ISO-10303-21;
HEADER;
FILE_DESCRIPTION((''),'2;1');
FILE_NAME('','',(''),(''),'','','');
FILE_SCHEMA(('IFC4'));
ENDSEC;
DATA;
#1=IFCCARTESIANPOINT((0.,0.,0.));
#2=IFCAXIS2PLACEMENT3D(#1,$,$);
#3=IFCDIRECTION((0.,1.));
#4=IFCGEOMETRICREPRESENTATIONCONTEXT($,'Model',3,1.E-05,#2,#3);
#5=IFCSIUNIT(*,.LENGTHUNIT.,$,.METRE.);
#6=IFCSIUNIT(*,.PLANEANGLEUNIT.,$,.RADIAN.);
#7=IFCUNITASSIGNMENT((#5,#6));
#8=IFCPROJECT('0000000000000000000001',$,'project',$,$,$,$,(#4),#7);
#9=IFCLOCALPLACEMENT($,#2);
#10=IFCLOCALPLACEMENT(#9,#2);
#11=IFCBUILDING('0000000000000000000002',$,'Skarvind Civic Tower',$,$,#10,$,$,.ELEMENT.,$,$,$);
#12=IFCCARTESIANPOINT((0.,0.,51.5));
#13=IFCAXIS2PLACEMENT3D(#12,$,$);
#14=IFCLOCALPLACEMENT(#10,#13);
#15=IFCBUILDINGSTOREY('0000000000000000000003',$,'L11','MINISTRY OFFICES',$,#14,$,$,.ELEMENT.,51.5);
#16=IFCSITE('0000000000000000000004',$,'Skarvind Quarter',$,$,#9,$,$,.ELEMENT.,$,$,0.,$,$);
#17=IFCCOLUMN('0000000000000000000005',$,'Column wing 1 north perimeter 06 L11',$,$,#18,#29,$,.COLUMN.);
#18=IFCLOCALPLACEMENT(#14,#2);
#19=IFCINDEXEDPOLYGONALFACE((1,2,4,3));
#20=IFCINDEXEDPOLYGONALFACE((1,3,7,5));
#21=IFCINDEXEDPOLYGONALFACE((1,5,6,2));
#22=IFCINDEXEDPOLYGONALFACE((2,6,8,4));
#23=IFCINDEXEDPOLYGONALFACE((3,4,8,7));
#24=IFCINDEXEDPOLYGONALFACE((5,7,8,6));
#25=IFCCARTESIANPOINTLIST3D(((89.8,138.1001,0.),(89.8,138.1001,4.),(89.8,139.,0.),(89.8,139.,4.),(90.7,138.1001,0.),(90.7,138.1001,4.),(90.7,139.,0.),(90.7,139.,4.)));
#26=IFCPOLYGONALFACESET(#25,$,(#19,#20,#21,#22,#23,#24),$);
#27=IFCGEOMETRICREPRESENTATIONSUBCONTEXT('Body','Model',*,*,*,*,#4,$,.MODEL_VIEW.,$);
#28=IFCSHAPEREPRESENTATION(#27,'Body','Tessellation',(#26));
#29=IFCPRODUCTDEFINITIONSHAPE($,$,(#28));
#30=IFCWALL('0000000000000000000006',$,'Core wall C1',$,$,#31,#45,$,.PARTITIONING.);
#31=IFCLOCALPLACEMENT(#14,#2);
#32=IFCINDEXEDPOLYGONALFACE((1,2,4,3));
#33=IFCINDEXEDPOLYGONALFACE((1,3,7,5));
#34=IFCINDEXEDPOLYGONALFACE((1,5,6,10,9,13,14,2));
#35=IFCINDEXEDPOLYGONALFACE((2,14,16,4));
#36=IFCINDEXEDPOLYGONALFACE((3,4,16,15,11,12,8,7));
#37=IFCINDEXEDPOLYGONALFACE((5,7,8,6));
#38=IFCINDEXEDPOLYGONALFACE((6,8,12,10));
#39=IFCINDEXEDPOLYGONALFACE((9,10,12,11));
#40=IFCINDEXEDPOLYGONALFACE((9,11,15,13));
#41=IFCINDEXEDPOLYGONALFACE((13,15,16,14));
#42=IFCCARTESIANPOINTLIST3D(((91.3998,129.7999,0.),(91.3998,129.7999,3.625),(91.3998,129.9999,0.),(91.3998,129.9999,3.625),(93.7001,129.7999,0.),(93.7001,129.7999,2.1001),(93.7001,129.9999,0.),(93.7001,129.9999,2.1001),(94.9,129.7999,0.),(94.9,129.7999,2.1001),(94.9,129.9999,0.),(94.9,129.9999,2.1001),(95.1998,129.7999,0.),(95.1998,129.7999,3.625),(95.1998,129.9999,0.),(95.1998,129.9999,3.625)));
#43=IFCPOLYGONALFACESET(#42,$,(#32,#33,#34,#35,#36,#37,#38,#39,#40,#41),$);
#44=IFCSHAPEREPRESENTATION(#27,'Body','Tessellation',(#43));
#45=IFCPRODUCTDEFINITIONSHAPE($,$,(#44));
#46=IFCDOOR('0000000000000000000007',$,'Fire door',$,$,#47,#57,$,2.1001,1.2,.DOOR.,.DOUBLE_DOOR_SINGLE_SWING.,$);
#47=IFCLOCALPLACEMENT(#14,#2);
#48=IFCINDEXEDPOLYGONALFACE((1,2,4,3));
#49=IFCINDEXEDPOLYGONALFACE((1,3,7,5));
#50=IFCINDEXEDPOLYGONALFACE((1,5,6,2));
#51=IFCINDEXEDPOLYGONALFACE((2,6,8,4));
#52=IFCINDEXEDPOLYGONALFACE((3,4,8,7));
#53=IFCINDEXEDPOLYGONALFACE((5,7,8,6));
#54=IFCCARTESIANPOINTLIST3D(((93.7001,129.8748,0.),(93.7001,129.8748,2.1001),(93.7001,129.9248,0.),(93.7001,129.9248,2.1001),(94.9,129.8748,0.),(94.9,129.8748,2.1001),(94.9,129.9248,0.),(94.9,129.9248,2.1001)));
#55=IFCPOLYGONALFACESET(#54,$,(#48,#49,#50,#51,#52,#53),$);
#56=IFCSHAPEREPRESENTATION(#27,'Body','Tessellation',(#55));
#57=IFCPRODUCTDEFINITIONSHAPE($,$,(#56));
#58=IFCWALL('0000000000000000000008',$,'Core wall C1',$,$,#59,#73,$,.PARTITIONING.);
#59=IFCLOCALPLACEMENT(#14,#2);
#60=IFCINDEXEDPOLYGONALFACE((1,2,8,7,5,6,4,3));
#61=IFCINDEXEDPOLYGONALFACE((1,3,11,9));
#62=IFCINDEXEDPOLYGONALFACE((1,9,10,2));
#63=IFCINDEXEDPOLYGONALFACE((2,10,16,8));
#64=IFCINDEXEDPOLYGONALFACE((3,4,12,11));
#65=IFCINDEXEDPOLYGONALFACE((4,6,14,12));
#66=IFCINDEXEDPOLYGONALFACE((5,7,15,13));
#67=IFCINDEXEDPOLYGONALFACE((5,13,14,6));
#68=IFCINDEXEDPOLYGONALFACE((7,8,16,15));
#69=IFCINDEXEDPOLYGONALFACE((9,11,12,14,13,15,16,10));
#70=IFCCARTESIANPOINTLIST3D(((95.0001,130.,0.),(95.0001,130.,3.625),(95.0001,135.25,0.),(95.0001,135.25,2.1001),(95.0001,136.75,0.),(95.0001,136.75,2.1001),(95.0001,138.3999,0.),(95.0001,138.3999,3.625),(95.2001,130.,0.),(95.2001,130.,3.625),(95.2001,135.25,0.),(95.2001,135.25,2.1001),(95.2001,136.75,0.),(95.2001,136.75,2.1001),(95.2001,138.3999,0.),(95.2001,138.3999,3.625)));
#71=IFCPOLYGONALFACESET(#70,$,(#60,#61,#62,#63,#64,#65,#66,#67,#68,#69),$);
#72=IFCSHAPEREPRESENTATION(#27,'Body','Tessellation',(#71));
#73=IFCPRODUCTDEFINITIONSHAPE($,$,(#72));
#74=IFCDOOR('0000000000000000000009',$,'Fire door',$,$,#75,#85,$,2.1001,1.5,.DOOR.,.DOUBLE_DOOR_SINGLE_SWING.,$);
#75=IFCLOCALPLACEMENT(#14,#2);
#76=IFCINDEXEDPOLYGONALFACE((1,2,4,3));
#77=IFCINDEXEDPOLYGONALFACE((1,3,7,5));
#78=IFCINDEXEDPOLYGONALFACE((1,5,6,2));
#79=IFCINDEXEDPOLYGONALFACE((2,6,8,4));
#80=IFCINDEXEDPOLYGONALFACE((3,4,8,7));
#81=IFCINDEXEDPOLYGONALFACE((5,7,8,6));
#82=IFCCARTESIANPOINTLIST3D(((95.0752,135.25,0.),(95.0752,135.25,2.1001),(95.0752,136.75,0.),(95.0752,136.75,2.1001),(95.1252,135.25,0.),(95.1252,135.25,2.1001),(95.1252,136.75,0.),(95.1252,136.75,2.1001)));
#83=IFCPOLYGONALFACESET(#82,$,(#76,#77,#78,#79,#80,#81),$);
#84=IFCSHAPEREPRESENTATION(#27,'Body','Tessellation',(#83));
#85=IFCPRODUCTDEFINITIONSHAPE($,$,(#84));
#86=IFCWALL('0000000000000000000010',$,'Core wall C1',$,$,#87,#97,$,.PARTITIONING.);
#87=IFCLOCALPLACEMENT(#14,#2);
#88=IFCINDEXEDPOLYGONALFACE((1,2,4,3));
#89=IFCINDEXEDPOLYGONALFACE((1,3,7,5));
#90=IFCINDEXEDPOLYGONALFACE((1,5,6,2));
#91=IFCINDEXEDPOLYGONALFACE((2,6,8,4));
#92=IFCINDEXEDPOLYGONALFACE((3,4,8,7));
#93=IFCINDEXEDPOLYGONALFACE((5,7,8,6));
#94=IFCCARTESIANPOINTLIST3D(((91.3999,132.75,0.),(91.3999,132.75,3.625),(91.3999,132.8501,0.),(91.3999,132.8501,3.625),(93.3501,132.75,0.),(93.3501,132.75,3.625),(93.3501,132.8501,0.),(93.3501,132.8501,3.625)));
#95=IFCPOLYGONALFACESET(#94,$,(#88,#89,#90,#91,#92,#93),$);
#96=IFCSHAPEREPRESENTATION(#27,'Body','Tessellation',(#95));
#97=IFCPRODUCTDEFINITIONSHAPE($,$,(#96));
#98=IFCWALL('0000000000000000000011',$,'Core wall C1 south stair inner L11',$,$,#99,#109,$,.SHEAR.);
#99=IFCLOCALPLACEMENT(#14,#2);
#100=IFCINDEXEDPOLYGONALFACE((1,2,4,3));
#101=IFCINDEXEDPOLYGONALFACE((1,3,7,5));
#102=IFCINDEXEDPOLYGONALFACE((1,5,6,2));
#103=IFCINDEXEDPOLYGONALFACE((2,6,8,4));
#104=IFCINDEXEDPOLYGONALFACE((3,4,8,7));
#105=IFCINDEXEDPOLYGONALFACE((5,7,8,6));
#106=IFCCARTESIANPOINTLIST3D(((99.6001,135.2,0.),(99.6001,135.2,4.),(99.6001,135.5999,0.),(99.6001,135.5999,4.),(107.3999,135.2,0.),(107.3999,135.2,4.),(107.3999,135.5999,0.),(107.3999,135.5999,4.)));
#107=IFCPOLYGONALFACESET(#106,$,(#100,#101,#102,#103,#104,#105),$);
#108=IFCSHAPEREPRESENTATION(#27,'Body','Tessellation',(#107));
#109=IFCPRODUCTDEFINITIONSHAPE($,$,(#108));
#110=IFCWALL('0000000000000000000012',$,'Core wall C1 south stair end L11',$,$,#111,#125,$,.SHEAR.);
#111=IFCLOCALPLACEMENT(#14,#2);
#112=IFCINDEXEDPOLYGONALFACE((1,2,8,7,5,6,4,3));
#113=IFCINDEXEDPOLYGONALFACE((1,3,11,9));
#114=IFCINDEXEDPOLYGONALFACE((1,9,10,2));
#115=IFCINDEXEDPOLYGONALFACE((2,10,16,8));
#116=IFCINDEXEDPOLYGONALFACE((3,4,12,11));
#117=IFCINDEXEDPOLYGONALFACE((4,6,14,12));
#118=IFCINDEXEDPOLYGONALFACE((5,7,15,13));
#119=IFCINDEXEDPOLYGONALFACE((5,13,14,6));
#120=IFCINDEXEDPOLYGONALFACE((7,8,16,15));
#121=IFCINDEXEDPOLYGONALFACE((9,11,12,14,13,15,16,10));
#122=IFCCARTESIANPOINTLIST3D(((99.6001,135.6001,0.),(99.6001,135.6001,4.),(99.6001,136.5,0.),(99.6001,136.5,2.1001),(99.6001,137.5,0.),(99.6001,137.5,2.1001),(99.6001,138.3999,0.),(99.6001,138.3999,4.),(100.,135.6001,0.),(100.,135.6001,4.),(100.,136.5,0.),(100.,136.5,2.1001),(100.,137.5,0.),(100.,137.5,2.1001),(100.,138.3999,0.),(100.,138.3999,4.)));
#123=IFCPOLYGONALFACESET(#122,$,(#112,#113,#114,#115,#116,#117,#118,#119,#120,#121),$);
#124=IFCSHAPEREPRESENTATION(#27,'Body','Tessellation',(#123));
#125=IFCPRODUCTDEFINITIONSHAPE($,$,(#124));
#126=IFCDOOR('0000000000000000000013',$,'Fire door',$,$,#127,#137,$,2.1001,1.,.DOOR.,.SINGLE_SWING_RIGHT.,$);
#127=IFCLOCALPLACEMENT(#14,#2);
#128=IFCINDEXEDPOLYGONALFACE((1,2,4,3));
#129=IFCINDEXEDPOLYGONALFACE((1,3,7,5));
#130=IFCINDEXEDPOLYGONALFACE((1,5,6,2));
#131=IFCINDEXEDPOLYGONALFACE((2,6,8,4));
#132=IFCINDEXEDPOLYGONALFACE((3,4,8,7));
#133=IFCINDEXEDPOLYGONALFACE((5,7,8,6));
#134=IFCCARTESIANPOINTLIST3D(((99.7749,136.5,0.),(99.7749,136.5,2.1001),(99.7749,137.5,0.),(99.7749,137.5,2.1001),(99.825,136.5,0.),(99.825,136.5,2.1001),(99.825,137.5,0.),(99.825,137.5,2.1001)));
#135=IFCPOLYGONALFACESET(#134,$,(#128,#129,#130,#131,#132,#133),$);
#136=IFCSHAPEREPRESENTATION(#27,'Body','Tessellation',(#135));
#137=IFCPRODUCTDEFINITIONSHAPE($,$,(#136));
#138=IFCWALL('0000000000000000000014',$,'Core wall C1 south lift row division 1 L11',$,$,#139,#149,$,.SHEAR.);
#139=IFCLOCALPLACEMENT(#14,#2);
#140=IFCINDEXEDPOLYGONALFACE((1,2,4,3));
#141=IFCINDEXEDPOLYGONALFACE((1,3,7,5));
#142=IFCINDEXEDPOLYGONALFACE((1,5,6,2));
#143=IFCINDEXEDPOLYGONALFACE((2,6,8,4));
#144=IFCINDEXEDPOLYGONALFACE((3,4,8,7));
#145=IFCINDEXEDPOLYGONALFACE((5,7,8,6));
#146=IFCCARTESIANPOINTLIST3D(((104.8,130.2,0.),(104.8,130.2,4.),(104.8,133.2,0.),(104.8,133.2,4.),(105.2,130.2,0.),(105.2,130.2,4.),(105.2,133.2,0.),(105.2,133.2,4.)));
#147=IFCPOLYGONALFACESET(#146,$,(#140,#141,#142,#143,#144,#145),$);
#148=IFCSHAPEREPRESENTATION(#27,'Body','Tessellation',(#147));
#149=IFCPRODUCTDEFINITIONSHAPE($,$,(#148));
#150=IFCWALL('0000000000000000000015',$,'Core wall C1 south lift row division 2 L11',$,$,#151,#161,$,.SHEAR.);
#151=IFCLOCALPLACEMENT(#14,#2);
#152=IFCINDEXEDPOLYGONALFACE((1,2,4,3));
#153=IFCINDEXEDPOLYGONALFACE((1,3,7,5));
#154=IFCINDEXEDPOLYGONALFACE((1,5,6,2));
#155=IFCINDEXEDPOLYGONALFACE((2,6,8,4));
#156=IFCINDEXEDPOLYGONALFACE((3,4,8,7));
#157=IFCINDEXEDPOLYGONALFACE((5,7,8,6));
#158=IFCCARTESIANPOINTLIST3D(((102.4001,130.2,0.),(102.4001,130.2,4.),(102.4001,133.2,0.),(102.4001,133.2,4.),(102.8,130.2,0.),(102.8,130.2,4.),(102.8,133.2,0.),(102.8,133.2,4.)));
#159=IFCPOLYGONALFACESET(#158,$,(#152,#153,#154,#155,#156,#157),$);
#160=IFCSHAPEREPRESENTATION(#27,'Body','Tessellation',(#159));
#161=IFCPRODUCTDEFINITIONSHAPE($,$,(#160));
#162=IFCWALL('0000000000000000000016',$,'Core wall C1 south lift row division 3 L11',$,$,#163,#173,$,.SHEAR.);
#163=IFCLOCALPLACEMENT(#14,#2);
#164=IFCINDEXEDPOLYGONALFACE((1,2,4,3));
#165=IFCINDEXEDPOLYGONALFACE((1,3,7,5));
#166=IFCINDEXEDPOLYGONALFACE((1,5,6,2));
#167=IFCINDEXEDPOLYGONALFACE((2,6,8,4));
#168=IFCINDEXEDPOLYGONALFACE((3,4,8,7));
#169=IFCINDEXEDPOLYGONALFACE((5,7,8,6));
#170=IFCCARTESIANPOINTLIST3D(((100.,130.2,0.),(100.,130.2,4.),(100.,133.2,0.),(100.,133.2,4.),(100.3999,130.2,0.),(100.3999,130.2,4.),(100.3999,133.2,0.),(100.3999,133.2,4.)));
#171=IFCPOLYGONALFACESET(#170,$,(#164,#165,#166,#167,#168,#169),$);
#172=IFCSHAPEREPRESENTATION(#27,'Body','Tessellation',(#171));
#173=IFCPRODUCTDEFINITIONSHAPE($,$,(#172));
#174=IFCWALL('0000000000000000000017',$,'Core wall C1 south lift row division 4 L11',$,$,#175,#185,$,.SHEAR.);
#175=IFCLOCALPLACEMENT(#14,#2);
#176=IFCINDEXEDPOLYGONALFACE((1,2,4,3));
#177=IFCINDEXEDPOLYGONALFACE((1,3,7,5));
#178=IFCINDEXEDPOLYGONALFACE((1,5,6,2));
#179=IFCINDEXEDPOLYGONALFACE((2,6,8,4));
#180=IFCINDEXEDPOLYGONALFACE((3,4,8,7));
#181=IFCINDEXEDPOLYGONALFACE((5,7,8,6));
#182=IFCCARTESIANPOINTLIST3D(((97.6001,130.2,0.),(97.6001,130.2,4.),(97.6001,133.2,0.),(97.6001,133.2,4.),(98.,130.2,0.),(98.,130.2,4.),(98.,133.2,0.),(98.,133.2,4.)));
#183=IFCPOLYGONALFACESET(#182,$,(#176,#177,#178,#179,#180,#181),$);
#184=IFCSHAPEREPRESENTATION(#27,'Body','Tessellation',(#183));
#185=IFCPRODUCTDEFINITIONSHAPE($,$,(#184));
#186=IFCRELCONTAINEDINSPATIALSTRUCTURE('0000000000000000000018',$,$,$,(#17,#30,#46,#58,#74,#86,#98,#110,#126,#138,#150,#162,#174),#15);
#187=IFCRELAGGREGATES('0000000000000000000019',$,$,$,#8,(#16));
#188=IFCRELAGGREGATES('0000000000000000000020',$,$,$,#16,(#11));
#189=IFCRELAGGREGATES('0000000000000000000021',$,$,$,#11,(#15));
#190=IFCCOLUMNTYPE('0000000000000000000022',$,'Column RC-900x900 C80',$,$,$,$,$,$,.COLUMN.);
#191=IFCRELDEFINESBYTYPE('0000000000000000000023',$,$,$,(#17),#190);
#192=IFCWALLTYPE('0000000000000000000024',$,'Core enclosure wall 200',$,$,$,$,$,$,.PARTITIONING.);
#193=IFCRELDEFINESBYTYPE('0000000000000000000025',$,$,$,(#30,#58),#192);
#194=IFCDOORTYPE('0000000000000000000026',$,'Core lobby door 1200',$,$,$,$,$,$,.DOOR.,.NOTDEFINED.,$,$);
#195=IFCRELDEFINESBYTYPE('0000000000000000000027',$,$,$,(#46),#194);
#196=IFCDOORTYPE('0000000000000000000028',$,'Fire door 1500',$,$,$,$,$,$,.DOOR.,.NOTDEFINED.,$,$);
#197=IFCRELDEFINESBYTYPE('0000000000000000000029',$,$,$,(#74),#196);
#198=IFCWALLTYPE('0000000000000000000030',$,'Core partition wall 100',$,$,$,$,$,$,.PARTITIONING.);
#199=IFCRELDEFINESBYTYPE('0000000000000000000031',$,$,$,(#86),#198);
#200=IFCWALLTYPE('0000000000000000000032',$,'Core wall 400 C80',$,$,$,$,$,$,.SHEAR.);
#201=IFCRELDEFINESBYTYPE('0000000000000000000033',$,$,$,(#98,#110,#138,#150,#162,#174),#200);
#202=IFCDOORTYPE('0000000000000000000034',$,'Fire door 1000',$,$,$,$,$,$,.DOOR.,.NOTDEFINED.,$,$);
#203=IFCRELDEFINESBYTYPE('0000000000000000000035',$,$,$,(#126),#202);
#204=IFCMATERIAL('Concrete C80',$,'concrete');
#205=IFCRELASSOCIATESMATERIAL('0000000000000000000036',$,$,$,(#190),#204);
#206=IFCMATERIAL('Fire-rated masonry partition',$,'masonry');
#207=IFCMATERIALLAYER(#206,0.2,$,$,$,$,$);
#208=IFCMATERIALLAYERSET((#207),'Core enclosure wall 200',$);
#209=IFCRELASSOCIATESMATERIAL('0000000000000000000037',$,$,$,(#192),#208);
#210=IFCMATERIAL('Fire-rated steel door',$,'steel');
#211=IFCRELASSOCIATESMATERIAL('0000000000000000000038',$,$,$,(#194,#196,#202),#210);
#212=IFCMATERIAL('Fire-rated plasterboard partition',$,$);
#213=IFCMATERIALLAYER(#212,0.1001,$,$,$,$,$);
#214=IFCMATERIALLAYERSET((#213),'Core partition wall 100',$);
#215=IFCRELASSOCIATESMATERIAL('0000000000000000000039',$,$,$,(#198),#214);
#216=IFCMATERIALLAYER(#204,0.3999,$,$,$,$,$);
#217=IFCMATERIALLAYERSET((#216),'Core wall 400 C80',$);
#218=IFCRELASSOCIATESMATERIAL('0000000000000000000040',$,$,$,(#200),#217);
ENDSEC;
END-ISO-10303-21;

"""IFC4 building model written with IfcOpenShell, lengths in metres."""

from ifc_helpers import new_model, si_unit, direction, frame, frame_2d, origin, origin_2d, place, context, subcontext, project, spatial, rectangle, extrude, material, layer, layer_set, material_profile, profile_set, type_object, element, fill, save


model = new_model("IFC4")

# Units and contexts
model_context = context("Model", 3, precision=1e-05, world=origin(), true_north=direction((0.0, 1.0)))
body_context = subcontext(model_context, "Body", "Model", "MODEL_VIEW")
ifc_project = project(units=[si_unit("LENGTHUNIT", "METRE"), si_unit("PLANEANGLEUNIT", "RADIAN")], contexts=[model_context])

# Site, building, storey
site_placement = place(None, origin())
site = spatial("IfcSite", under=ifc_project, at=site_placement, Name="Skarvind Quarter", CompositionType="ELEMENT", RefElevation=0.0)
building_placement = place(site_placement, origin())
building = spatial("IfcBuilding", under=site, at=building_placement, Name="Skarvind Civic Tower", CompositionType="ELEMENT")
storey_placement = place(building_placement, frame((0.0, 0.0, 51.5)))
storey = spatial("IfcBuildingStorey", under=building, at=storey_placement, Name="L11", Description="MINISTRY OFFICES", CompositionType="ELEMENT", Elevation=51.5)

# Column
ifc_material_1 = material(Name="Concrete C80", Category="concrete")
ifc_material_profile = material_profile(ifc_material_1, rectangle(XDim=0.8999, YDim=0.8999, at=origin_2d()), Name="RC-900x900")
ifc_profile_set = profile_set([ifc_material_profile], Name="Concrete C80")
column_type = type_object("IfcColumnType", Name="Column RC-900x900 C80", PredefinedType="COLUMN", material=ifc_profile_set)
column_placement = place(storey_placement, frame((90.25, 138.55, 0.0), z_axis=(0.0, 0.0, 1.0), x_axis=(1.0, 0.0, 0.0)))
element("IfcColumn", 1, at=column_placement, inside=storey, type_object=column_type, Name="Column wing 1 north perimeter 06 L11", PredefinedType="COLUMN", context=body_context, shape_type="SweptSolid", body=[
    extrude(rectangle(XDim=0.8999, YDim=0.8999, at=origin_2d()), origin(), (0.0, 0.0, 1.0), 4.0),
])

# Walls, openings, doors
ifc_material_2 = material(Name="Fire-rated masonry partition", Category="masonry")
ifc_layer_1 = layer(ifc_material_2, 0.2)
ifc_layer_set_1 = layer_set([ifc_layer_1], Name="Core enclosure wall 200")
wall_type_1 = type_object("IfcWallType", Name="Core enclosure wall 200", PredefinedType="PARTITIONING", material=ifc_layer_set_1)
wall_1_placement = place(storey_placement, frame((91.3999, 129.8999, 0.0), z_axis=(0.0, 0.0, 1.0), x_axis=(1.0, 0.0, 0.0)))
wall_1 = element("IfcWall", 2, at=wall_1_placement, inside=storey, type_object=wall_type_1, Name="Core wall C1", PredefinedType="PARTITIONING", context=body_context, shape_type="SweptSolid", body=[
    extrude(rectangle(XDim=3.8, YDim=0.2, at=frame_2d((1.8999, 0.0))), origin(), (0.0, 0.0, 1.0), 3.625),
])
opening_1_placement = place(wall_1_placement, frame((2.3, 0.0, 0.0)))
opening_1 = element("IfcOpeningElement", 3, at=opening_1_placement, cuts=wall_1, PredefinedType="OPENING", context=body_context, shape_type="SweptSolid", body=[
    extrude(rectangle(XDim=1.2, YDim=2.1001, at=frame_2d((0.6001, 1.05))), frame((0.0, 0.1099, 0.0), z_axis=(0.0, -1.0, 0.0), x_axis=(1.0, 0.0, 0.0)), (0.0, 0.0, 1.0), 0.22),
])
ifc_material_3 = material(Name="Fire-rated steel door", Category="steel")
door_type_1 = type_object("IfcDoorType", Name="Core lobby door 1200", OperationType="NOTDEFINED", PredefinedType="DOOR", material=ifc_material_3)
door_1_placement = place(opening_1_placement, origin())
door_1 = element("IfcDoor", 4, at=door_1_placement, inside=storey, type_object=door_type_1, Name="Fire door", OperationType="DOUBLE_DOOR_SINGLE_SWING", OverallHeight=2.1001, OverallWidth=1.2, PredefinedType="DOOR", context=body_context, shape_type="SweptSolid", body=[
    extrude(rectangle(XDim=1.2, YDim=2.1001, at=frame_2d((0.6001, 1.05))), frame((0.0, 0.0249, 0.0), z_axis=(0.0, -1.0, 0.0), x_axis=(1.0, 0.0, 0.0)), (0.0, 0.0, 1.0), 0.05),
])
fill(opening_1, door_1)
wall_2_placement = place(storey_placement, frame((95.1001, 130.0, 0.0), z_axis=(0.0, 0.0, 1.0), x_axis=(0.0, 1.0, 0.0)))
wall_2 = element("IfcWall", 5, at=wall_2_placement, inside=storey, type_object=wall_type_1, Name="Core wall C1", PredefinedType="PARTITIONING", context=body_context, shape_type="SweptSolid", body=[
    extrude(rectangle(XDim=8.3999, YDim=0.2, at=frame_2d((4.2, 0.0))), origin(), (0.0, 0.0, 1.0), 3.625),
])
opening_2_placement = place(wall_2_placement, frame((5.25, 0.0, 0.0)))
opening_2 = element("IfcOpeningElement", 6, at=opening_2_placement, cuts=wall_2, PredefinedType="OPENING", context=body_context, shape_type="SweptSolid", body=[
    extrude(rectangle(XDim=1.5, YDim=2.1001, at=frame_2d((0.75, 1.05))), frame((0.0, 0.1099, 0.0), z_axis=(0.0, -1.0, 0.0), x_axis=(1.0, 0.0, 0.0)), (0.0, 0.0, 1.0), 0.22),
])
door_type_2 = type_object("IfcDoorType", Name="Fire door 1500", OperationType="NOTDEFINED", PredefinedType="DOOR", material=ifc_material_3)
door_2_placement = place(opening_2_placement, origin())
door_2 = element("IfcDoor", 7, at=door_2_placement, inside=storey, type_object=door_type_2, Name="Fire door", OperationType="DOUBLE_DOOR_SINGLE_SWING", OverallHeight=2.1001, OverallWidth=1.5, PredefinedType="DOOR", context=body_context, shape_type="SweptSolid", body=[
    extrude(rectangle(XDim=1.5, YDim=2.1001, at=frame_2d((0.75, 1.05))), frame((0.0, 0.0249, 0.0), z_axis=(0.0, -1.0, 0.0), x_axis=(1.0, 0.0, 0.0)), (0.0, 0.0, 1.0), 0.05),
])
fill(opening_2, door_2)

# Walls
ifc_material_4 = material(Name="Fire-rated plasterboard partition")
ifc_layer_2 = layer(ifc_material_4, 0.1001)
ifc_layer_set_2 = layer_set([ifc_layer_2], Name="Core partition wall 100")
wall_type_2 = type_object("IfcWallType", Name="Core partition wall 100", PredefinedType="PARTITIONING", material=ifc_layer_set_2)
wall_3_placement = place(storey_placement, frame((91.3999, 132.8, 0.0), z_axis=(0.0, 0.0, 1.0), x_axis=(1.0, 0.0, 0.0)))
element("IfcWall", 8, at=wall_3_placement, inside=storey, type_object=wall_type_2, Name="Core wall C1", PredefinedType="PARTITIONING", context=body_context, shape_type="SweptSolid", body=[
    extrude(rectangle(XDim=1.9502, YDim=0.1001, at=frame_2d((0.9751, 0.0))), origin(), (0.0, 0.0, 1.0), 3.625),
])
ifc_layer_3 = layer(ifc_material_1, 0.3999)
ifc_layer_set_3 = layer_set([ifc_layer_3], Name="Core wall 400 C80")
wall_type_3 = type_object("IfcWallType", Name="Core wall 400 C80", PredefinedType="SHEAR", material=ifc_layer_set_3)
wall_4_placement = place(storey_placement, frame((107.3999, 135.3999, 0.0), z_axis=(0.0, 0.0, 1.0), x_axis=(-1.0, 0.0, 0.0)))
element("IfcWall", 9, at=wall_4_placement, inside=storey, type_object=wall_type_3, Name="Core wall C1 south stair inner L11", PredefinedType="SHEAR", context=body_context, shape_type="SweptSolid", body=[
    extrude(rectangle(XDim=7.7998, YDim=0.3999, at=frame_2d((3.8999, 0.0))), origin(), (0.0, 0.0, 1.0), 4.0),
])

# Wall, opening, door
wall_5_placement = place(storey_placement, frame((99.8, 138.3999, 0.0), z_axis=(0.0, 0.0, 1.0), x_axis=(0.0, -1.0, 0.0)))
wall_5 = element("IfcWall", 10, at=wall_5_placement, inside=storey, type_object=wall_type_3, Name="Core wall C1 south stair end L11", PredefinedType="SHEAR", context=body_context, shape_type="SweptSolid", body=[
    extrude(rectangle(XDim=2.7998, YDim=0.3999, at=frame_2d((1.3999, 0.0))), origin(), (0.0, 0.0, 1.0), 4.0),
])
opening_3_placement = place(wall_5_placement, frame((0.8999, 0.0, 0.0)))
opening_3 = element("IfcOpeningElement", 11, at=opening_3_placement, cuts=wall_5, PredefinedType="OPENING", context=body_context, shape_type="SweptSolid", body=[
    extrude(rectangle(XDim=1.0, YDim=2.1001, at=frame_2d((0.5, 1.05))), frame((0.0, 0.21, 0.0), z_axis=(0.0, -1.0, 0.0), x_axis=(1.0, 0.0, 0.0)), (0.0, 0.0, 1.0), 0.4199),
])
door_type_3 = type_object("IfcDoorType", Name="Fire door 1000", OperationType="NOTDEFINED", PredefinedType="DOOR", material=ifc_material_3)
door_3_placement = place(opening_3_placement, origin())
door_3 = element("IfcDoor", 12, at=door_3_placement, inside=storey, type_object=door_type_3, Name="Fire door", OperationType="SINGLE_SWING_RIGHT", OverallHeight=2.1001, OverallWidth=1.0, PredefinedType="DOOR", context=body_context, shape_type="SweptSolid", body=[
    extrude(rectangle(XDim=1.0, YDim=2.1001, at=frame_2d((0.5, 1.05))), frame((0.0, 0.0249, 0.0), z_axis=(0.0, -1.0, 0.0), x_axis=(1.0, 0.0, 0.0)), (0.0, 0.0, 1.0), 0.05),
])
fill(opening_3, door_3)

# Walls
for number, where, z_axis, x_axis, name in (
    (13, (105.0, 133.2, 0.0), (0.0, 0.0, 1.0), (0.0, -1.0, 0.0), "Core wall C1 south lift row division 1 L11"),
    (14, (102.6001, 133.2, 0.0), (0.0, 0.0, 1.0), (0.0, -1.0, 0.0), "Core wall C1 south lift row division 2 L11"),
    (15, (100.2, 133.2, 0.0), (0.0, 0.0, 1.0), (0.0, -1.0, 0.0), "Core wall C1 south lift row division 3 L11"),
    (16, (97.8, 133.2, 0.0), (0.0, 0.0, 1.0), (0.0, -1.0, 0.0), "Core wall C1 south lift row division 4 L11"),
):
    element("IfcWall", number, at=place(storey_placement, frame(where, z_axis=z_axis, x_axis=x_axis)), inside=storey, type_object=wall_type_3, Name=name, PredefinedType="SHEAR", context=body_context, shape_type="SweptSolid", body=[
        extrude(rectangle(XDim=3.0, YDim=0.3999, at=frame_2d((1.5, 0.0))), origin(), (0.0, 0.0, 1.0), 4.0),
    ])

save(model, "model.ifc")
